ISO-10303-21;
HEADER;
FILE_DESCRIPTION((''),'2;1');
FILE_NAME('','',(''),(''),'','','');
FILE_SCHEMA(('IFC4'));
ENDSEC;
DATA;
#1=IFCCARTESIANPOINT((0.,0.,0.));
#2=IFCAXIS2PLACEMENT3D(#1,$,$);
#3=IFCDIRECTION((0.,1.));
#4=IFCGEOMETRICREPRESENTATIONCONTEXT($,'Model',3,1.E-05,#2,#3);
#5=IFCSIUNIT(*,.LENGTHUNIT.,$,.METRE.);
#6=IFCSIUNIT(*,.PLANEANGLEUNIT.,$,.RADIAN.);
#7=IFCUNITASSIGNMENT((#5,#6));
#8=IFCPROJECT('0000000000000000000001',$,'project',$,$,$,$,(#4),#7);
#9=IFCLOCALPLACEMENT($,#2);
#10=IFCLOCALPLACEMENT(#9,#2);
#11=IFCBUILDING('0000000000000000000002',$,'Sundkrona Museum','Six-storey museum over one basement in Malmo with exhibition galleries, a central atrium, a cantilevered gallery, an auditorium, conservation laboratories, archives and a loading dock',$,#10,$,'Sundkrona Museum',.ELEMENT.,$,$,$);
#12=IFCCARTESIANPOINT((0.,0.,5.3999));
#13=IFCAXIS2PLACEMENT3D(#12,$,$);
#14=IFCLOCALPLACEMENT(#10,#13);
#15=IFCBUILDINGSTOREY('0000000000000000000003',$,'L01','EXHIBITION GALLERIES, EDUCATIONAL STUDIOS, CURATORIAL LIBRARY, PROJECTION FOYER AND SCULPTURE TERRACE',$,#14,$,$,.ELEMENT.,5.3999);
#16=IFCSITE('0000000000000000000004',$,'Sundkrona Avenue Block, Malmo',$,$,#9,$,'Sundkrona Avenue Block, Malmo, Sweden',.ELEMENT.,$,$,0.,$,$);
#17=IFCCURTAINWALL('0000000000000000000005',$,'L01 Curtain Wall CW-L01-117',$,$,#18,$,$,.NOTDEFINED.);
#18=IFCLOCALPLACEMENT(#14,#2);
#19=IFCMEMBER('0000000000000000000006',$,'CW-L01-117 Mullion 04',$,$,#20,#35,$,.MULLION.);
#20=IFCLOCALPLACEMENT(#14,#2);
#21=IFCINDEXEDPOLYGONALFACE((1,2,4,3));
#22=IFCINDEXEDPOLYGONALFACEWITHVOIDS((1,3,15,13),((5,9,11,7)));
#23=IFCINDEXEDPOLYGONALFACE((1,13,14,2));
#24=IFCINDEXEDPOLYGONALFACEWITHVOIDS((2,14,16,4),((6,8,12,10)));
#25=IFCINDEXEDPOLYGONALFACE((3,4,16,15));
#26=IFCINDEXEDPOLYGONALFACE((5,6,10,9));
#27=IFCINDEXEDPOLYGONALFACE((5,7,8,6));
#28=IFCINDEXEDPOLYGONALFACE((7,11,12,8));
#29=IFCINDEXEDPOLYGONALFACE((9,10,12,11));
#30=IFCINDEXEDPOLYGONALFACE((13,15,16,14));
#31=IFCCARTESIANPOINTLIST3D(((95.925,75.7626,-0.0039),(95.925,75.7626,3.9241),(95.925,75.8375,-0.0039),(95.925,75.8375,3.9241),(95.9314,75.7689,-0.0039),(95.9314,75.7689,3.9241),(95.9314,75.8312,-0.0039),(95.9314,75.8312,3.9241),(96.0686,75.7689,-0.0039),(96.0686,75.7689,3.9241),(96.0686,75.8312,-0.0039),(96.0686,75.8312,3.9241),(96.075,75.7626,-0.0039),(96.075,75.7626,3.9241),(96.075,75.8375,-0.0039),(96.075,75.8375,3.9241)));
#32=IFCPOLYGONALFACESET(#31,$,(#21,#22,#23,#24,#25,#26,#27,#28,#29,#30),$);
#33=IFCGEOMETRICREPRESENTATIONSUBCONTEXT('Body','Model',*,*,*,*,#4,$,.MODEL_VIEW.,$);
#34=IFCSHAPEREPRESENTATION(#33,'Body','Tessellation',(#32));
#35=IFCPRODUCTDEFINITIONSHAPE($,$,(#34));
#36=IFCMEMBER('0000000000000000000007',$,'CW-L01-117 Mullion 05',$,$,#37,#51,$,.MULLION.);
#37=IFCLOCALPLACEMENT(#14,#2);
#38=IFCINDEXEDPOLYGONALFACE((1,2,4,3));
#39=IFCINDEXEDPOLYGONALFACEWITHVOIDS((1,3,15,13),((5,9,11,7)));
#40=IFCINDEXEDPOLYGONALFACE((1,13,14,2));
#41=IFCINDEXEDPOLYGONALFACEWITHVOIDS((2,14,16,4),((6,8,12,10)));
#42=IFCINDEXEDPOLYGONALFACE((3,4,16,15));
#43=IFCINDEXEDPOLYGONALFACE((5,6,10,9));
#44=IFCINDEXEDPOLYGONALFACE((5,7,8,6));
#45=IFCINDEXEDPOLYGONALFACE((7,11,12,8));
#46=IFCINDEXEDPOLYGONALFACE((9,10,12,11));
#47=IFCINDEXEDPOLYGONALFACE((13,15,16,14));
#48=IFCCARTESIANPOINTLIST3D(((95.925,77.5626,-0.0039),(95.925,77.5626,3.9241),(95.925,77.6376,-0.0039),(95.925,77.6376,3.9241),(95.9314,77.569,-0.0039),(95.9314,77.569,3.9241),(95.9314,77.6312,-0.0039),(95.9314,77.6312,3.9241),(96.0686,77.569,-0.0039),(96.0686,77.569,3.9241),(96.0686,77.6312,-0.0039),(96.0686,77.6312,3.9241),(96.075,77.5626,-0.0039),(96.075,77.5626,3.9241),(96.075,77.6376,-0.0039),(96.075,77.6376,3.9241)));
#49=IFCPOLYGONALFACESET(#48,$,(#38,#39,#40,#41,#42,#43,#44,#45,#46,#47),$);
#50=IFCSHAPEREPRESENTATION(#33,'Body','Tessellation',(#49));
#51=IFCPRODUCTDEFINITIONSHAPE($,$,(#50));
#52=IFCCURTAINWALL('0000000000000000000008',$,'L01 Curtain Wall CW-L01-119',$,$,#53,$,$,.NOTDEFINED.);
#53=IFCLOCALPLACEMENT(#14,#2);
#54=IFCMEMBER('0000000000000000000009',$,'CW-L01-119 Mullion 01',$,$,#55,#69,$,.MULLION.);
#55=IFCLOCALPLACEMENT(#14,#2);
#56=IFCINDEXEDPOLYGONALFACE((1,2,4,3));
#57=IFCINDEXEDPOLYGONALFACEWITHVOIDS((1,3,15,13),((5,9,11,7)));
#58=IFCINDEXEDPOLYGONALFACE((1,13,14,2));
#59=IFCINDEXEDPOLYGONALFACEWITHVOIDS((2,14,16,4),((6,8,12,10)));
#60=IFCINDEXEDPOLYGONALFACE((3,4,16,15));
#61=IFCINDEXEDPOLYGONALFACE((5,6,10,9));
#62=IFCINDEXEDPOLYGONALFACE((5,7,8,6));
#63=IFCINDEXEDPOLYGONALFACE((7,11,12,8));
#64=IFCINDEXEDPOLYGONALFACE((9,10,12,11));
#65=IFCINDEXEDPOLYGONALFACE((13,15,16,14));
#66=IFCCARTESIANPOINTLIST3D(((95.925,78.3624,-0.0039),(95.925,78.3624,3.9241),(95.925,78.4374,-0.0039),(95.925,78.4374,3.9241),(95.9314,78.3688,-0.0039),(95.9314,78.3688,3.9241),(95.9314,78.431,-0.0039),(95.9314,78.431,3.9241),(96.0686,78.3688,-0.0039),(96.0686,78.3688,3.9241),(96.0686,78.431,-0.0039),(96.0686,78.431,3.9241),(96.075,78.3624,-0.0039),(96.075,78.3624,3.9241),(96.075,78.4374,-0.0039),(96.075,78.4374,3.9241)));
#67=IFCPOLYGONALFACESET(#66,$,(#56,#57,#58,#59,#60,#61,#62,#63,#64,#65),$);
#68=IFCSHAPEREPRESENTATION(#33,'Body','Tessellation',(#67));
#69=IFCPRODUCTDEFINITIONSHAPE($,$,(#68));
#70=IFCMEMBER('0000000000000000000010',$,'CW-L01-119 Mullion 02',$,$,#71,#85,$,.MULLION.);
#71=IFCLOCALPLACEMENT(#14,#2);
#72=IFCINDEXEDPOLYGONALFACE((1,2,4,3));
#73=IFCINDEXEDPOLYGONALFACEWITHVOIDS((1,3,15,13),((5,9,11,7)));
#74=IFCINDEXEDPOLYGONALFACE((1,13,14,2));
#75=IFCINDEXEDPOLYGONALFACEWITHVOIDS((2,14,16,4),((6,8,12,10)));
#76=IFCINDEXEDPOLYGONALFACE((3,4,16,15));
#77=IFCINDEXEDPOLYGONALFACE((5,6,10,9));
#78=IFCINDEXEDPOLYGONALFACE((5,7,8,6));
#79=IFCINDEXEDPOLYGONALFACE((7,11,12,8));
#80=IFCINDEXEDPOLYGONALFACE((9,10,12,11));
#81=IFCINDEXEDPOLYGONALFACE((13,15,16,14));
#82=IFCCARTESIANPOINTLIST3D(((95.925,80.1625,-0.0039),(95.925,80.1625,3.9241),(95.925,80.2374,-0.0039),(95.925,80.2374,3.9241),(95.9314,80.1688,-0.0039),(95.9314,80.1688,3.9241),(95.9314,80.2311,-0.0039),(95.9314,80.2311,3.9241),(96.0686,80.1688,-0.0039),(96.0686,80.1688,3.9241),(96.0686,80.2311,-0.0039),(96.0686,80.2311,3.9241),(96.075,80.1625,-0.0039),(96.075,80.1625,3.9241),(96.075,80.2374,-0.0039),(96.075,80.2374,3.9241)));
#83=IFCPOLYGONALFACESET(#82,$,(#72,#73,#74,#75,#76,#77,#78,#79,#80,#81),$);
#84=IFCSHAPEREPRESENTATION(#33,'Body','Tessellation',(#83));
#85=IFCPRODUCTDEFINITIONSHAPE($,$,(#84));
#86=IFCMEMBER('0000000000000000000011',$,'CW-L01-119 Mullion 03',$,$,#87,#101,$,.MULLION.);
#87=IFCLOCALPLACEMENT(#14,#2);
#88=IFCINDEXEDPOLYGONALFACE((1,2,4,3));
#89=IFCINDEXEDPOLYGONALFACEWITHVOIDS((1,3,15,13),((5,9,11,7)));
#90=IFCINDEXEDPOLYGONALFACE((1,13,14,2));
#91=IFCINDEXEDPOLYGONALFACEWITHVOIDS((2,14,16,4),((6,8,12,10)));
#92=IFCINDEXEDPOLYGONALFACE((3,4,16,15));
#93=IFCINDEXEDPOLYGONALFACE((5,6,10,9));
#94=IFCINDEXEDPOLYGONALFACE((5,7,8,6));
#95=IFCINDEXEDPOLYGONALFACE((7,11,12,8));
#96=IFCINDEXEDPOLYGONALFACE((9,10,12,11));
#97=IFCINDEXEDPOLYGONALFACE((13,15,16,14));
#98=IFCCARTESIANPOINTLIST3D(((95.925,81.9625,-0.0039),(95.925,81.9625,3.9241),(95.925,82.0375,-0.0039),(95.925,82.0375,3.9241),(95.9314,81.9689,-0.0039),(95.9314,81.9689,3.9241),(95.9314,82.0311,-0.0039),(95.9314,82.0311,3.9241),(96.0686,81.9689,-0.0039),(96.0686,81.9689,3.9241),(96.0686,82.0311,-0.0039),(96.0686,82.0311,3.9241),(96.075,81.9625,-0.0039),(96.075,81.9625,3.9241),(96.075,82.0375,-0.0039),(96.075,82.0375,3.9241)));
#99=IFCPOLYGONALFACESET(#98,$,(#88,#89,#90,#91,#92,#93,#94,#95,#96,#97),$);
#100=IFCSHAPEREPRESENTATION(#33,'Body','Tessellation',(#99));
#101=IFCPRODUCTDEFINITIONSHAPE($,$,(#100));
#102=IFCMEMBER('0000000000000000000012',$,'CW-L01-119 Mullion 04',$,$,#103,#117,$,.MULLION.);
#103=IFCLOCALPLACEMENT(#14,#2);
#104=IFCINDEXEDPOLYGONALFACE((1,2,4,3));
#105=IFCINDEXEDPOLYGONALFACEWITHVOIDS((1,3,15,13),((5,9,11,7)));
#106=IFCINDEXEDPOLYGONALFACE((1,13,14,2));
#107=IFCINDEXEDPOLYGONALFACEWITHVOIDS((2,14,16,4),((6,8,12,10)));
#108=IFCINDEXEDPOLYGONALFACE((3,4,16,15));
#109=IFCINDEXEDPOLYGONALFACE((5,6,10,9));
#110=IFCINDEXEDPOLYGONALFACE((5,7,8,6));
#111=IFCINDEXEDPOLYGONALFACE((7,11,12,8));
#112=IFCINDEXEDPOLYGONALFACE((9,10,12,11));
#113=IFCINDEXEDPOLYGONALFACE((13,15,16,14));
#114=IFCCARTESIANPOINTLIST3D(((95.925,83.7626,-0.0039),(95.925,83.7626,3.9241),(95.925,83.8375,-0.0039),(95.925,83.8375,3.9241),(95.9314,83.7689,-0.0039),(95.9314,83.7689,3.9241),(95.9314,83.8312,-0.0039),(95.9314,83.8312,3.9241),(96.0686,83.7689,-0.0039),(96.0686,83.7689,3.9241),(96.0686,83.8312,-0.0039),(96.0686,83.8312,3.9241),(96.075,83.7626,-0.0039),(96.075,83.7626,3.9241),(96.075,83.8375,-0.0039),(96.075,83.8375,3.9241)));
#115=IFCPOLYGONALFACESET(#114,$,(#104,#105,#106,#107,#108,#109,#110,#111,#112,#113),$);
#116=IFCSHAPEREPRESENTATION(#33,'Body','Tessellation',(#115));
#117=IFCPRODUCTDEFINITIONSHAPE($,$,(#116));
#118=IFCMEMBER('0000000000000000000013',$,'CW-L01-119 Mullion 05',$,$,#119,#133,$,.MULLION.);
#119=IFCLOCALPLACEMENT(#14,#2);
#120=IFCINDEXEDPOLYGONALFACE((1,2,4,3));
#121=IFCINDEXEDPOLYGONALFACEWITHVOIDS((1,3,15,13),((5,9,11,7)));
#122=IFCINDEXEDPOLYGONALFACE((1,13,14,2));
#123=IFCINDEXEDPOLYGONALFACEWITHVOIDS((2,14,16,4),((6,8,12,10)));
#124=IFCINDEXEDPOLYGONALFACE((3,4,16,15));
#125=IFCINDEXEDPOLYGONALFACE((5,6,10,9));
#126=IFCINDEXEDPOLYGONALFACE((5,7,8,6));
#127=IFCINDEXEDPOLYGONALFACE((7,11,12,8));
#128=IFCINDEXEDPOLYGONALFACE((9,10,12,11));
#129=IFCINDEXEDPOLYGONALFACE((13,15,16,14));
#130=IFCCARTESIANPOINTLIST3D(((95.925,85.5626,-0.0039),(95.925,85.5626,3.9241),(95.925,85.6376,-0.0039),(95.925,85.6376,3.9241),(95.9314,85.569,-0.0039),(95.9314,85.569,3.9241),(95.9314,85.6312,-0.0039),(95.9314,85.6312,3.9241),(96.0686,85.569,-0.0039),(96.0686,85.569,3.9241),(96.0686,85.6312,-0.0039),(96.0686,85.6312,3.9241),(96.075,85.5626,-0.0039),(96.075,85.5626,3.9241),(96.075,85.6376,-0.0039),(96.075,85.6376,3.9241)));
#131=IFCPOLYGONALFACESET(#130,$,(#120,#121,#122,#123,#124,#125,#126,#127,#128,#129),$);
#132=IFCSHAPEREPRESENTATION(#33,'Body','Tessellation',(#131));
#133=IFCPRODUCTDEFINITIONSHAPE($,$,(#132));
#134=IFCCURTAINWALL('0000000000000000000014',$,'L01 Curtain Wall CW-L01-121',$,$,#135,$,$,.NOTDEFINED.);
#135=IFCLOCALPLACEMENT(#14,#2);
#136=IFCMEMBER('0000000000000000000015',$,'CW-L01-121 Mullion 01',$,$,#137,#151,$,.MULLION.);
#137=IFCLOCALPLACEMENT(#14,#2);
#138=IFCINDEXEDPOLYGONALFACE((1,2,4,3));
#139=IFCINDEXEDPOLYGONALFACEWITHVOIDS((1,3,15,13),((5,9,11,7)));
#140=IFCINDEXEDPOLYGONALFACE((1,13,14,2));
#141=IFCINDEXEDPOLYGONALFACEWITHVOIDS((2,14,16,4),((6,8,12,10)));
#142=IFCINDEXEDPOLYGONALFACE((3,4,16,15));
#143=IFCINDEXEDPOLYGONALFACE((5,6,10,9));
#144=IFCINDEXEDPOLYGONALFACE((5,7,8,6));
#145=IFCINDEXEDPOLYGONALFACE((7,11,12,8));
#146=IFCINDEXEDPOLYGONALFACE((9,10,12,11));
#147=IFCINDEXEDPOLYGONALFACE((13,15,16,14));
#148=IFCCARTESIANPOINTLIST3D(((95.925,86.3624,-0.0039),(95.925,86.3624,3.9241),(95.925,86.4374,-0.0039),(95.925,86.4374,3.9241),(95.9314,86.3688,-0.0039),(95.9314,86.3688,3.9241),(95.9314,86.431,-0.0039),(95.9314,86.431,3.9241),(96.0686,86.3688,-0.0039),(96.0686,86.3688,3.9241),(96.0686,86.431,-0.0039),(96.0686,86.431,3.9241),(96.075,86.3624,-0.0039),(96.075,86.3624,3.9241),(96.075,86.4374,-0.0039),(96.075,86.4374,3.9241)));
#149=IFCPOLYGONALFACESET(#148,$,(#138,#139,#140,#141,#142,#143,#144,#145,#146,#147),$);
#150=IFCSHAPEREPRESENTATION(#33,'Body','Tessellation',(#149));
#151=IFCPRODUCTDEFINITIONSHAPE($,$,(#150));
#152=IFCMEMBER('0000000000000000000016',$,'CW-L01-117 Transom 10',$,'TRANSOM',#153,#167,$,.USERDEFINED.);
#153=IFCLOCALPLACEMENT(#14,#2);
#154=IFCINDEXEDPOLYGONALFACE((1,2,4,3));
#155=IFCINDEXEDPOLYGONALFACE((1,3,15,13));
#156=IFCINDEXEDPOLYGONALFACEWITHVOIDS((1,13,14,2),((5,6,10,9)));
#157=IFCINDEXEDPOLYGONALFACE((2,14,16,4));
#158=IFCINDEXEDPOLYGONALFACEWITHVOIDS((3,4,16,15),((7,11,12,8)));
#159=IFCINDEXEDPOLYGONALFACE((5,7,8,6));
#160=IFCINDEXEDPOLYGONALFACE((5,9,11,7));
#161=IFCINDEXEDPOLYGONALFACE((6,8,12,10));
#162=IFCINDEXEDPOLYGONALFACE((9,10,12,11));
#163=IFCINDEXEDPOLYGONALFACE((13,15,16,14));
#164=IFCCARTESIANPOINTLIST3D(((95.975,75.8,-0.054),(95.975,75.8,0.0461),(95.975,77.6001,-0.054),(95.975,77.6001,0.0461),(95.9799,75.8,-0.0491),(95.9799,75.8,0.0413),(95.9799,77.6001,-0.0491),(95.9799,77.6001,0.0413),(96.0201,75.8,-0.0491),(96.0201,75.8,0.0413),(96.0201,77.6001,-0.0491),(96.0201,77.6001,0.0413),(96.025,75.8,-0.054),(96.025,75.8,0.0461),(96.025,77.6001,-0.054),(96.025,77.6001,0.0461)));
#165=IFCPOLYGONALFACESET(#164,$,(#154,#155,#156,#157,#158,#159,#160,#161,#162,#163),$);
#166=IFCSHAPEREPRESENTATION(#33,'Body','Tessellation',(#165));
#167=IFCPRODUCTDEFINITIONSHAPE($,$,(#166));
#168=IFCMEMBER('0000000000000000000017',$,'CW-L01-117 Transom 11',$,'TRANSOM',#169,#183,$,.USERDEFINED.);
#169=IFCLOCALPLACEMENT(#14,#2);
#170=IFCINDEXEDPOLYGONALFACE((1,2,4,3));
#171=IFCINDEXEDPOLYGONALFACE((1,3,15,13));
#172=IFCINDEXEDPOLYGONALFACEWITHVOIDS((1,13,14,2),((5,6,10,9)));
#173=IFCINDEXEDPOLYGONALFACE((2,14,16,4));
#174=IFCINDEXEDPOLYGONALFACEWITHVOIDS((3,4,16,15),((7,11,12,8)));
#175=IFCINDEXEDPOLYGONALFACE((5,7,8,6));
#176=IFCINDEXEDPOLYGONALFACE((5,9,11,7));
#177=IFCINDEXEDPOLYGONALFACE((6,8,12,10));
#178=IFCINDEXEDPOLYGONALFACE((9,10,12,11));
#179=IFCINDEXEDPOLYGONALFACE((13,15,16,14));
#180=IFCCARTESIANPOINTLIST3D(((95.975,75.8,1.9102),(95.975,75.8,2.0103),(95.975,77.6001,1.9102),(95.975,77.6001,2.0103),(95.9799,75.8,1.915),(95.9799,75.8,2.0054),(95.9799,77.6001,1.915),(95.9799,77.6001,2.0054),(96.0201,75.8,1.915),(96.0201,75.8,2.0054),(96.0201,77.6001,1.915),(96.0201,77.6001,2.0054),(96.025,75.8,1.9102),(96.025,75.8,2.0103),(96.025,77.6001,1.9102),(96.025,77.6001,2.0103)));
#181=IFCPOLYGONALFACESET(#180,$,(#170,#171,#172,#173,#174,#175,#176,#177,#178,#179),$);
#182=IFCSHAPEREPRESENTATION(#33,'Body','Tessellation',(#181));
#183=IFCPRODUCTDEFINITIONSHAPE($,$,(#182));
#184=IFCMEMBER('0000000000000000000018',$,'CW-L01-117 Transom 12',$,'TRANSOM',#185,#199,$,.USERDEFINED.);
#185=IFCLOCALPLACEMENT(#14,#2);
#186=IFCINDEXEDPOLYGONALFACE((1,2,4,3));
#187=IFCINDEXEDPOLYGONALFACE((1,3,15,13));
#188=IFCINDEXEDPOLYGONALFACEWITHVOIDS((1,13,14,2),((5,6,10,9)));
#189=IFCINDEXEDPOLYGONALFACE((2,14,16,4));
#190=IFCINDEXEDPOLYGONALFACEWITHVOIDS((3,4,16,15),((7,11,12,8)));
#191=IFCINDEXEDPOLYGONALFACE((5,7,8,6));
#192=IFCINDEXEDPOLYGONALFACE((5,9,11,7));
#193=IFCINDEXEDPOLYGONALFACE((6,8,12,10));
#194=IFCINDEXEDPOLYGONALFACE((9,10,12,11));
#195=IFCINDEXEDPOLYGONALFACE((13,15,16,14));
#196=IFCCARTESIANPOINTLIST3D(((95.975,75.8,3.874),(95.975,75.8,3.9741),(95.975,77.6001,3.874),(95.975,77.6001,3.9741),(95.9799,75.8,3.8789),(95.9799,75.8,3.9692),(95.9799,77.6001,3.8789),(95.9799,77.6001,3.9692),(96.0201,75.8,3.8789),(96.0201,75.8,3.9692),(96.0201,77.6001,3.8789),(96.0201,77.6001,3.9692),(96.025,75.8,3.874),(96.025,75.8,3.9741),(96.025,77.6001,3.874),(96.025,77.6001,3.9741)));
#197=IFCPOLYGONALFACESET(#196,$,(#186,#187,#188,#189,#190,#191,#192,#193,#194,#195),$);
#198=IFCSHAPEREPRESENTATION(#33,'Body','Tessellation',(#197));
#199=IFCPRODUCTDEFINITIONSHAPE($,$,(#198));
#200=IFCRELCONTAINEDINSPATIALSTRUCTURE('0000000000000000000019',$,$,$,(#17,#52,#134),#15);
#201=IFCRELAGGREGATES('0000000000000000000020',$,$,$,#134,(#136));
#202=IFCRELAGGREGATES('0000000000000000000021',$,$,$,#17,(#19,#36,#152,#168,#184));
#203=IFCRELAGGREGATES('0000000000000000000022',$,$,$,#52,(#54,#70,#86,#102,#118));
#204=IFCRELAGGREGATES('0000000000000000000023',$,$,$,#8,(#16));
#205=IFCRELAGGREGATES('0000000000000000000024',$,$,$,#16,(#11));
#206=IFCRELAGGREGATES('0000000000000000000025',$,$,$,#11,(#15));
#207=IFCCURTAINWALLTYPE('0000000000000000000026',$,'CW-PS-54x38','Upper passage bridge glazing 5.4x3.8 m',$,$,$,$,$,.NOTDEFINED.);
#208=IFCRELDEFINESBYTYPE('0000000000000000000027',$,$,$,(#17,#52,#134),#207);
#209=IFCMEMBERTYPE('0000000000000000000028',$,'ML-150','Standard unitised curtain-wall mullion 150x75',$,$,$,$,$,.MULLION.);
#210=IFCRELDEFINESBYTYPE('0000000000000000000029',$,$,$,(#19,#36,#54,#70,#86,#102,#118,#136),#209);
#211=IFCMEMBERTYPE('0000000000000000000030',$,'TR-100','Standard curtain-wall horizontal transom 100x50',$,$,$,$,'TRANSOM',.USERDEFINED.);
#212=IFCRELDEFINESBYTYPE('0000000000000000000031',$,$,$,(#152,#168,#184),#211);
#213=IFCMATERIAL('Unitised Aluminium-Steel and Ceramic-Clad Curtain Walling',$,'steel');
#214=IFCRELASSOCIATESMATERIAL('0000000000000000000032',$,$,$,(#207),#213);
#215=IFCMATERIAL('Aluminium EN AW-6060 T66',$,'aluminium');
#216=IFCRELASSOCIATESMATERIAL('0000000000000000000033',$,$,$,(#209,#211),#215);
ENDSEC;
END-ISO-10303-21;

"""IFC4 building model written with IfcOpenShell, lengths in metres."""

from ifc_helpers import new_model, si_unit, direction, frame, origin, origin_2d, place, context, subcontext, project, spatial, hollow_rectangle, extrude, material, material_profile, profile_set, type_object, element, aggregate, save


model = new_model("IFC4")

# Units and contexts
model_context = context("Model", 3, precision=1e-05, world=origin(), true_north=direction((0.0, 1.0)))
body_context = subcontext(model_context, "Body", "Model", "MODEL_VIEW")
ifc_project = project(units=[si_unit("LENGTHUNIT", "METRE"), si_unit("PLANEANGLEUNIT", "RADIAN")], contexts=[model_context])

# Site, building, storey
site_placement = place(None, origin())
site = spatial("IfcSite", under=ifc_project, at=site_placement, Name="Sundkrona Avenue Block, Malmo", LongName="Sundkrona Avenue Block, Malmo, Sweden", CompositionType="ELEMENT", RefElevation=0.0)
building_placement = place(site_placement, origin())
building = spatial("IfcBuilding", under=site, at=building_placement, Name="Sundkrona Museum", Description="Six-storey museum over one basement in Malmo with exhibition galleries, a central atrium, a cantilevered gallery, an auditorium, conservation laboratories, archives and a loading dock", LongName="Sundkrona Museum", CompositionType="ELEMENT")
storey_placement = place(building_placement, frame((0.0, 0.0, 5.3999)))
storey = spatial("IfcBuildingStorey", under=building, at=storey_placement, Name="L01", Description="EXHIBITION GALLERIES, EDUCATIONAL STUDIOS, CURATORIAL LIBRARY, PROJECTION FOYER AND SCULPTURE TERRACE", CompositionType="ELEMENT", Elevation=5.3999)

# Curtain walls, members
ifc_material_1 = material(Name="Unitised Aluminium-Steel and Ceramic-Clad Curtain Walling", Category="steel")
curtain_wall_type = type_object("IfcCurtainWallType", Name="CW-PS-54x38", Description="Upper passage bridge glazing 5.4x3.8 m", PredefinedType="NOTDEFINED", material=ifc_material_1)
curtain_wall_1_placement = place(storey_placement, origin())
curtain_wall_1 = element("IfcCurtainWall", 1, at=curtain_wall_1_placement, inside=storey, type_object=curtain_wall_type, Name="L01 Curtain Wall CW-L01-117", PredefinedType="NOTDEFINED")
ifc_material_2 = material(Name="Aluminium EN AW-6060 T66", Category="aluminium")
ifc_material_profile_1 = material_profile(ifc_material_2, hollow_rectangle(XDim=0.075, YDim=0.1499, WallThickness=0.0063, at=origin_2d()), Name="RHS 150x75x6.3")
ifc_profile_set_1 = profile_set([ifc_material_profile_1], Name="Aluminium EN AW-6060 T66")
member_type_1 = type_object("IfcMemberType", Name="ML-150", Description="Standard unitised curtain-wall mullion 150x75", PredefinedType="MULLION", material=ifc_profile_set_1)
member_1_placement = place(storey_placement, frame((96.0, 75.8, -0.0039), z_axis=(0.0, 0.0, 1.0), x_axis=(0.0, 1.0, 0.0)))
member_1 = element("IfcMember", 2, at=member_1_placement, type_object=member_type_1, Name="CW-L01-117 Mullion 04", PredefinedType="MULLION", context=body_context, shape_type="SweptSolid", body=[
    extrude(hollow_rectangle(XDim=0.075, YDim=0.1499, WallThickness=0.0063, at=origin_2d()), origin(), (0.0, 0.0, 1.0), 3.928),
])
member_2_placement = place(storey_placement, frame((96.0, 77.6001, -0.0039), z_axis=(0.0, 0.0, 1.0), x_axis=(0.0, 1.0, 0.0)))
member_2 = element("IfcMember", 3, at=member_2_placement, type_object=member_type_1, Name="CW-L01-117 Mullion 05", PredefinedType="MULLION", context=body_context, shape_type="SweptSolid", body=[
    extrude(hollow_rectangle(XDim=0.075, YDim=0.1499, WallThickness=0.0063, at=origin_2d()), origin(), (0.0, 0.0, 1.0), 3.928),
])
curtain_wall_2_placement = place(storey_placement, origin())
curtain_wall_2 = element("IfcCurtainWall", 4, at=curtain_wall_2_placement, inside=storey, type_object=curtain_wall_type, Name="L01 Curtain Wall CW-L01-119", PredefinedType="NOTDEFINED")
member_3_placement = place(storey_placement, frame((96.0, 78.3999, -0.0039), z_axis=(0.0, 0.0, 1.0), x_axis=(0.0, 1.0, 0.0)))
member_3 = element("IfcMember", 5, at=member_3_placement, type_object=member_type_1, Name="CW-L01-119 Mullion 01", PredefinedType="MULLION", context=body_context, shape_type="SweptSolid", body=[
    extrude(hollow_rectangle(XDim=0.075, YDim=0.1499, WallThickness=0.0063, at=origin_2d()), origin(), (0.0, 0.0, 1.0), 3.928),
])
member_4_placement = place(storey_placement, frame((96.0, 80.2, -0.0039), z_axis=(0.0, 0.0, 1.0), x_axis=(0.0, 1.0, 0.0)))
member_4 = element("IfcMember", 6, at=member_4_placement, type_object=member_type_1, Name="CW-L01-119 Mullion 02", PredefinedType="MULLION", context=body_context, shape_type="SweptSolid", body=[
    extrude(hollow_rectangle(XDim=0.075, YDim=0.1499, WallThickness=0.0063, at=origin_2d()), origin(), (0.0, 0.0, 1.0), 3.928),
])
member_5_placement = place(storey_placement, frame((96.0, 82.0, -0.0039), z_axis=(0.0, 0.0, 1.0), x_axis=(0.0, 1.0, 0.0)))
member_5 = element("IfcMember", 7, at=member_5_placement, type_object=member_type_1, Name="CW-L01-119 Mullion 03", PredefinedType="MULLION", context=body_context, shape_type="SweptSolid", body=[
    extrude(hollow_rectangle(XDim=0.075, YDim=0.1499, WallThickness=0.0063, at=origin_2d()), origin(), (0.0, 0.0, 1.0), 3.928),
])
member_6_placement = place(storey_placement, frame((96.0, 83.8, -0.0039), z_axis=(0.0, 0.0, 1.0), x_axis=(0.0, 1.0, 0.0)))
member_6 = element("IfcMember", 8, at=member_6_placement, type_object=member_type_1, Name="CW-L01-119 Mullion 04", PredefinedType="MULLION", context=body_context, shape_type="SweptSolid", body=[
    extrude(hollow_rectangle(XDim=0.075, YDim=0.1499, WallThickness=0.0063, at=origin_2d()), origin(), (0.0, 0.0, 1.0), 3.928),
])
member_7_placement = place(storey_placement, frame((96.0, 85.6001, -0.0039), z_axis=(0.0, 0.0, 1.0), x_axis=(0.0, 1.0, 0.0)))
member_7 = element("IfcMember", 9, at=member_7_placement, type_object=member_type_1, Name="CW-L01-119 Mullion 05", PredefinedType="MULLION", context=body_context, shape_type="SweptSolid", body=[
    extrude(hollow_rectangle(XDim=0.075, YDim=0.1499, WallThickness=0.0063, at=origin_2d()), origin(), (0.0, 0.0, 1.0), 3.928),
])

# Curtain wall, member
curtain_wall_3_placement = place(storey_placement, origin())
curtain_wall_3 = element("IfcCurtainWall", 10, at=curtain_wall_3_placement, inside=storey, type_object=curtain_wall_type, Name="L01 Curtain Wall CW-L01-121", PredefinedType="NOTDEFINED")
member_8_placement = place(storey_placement, frame((96.0, 86.3999, -0.0039), z_axis=(0.0, 0.0, 1.0), x_axis=(0.0, 1.0, 0.0)))
member_8 = element("IfcMember", 11, at=member_8_placement, type_object=member_type_1, Name="CW-L01-121 Mullion 01", PredefinedType="MULLION", context=body_context, shape_type="SweptSolid", body=[
    extrude(hollow_rectangle(XDim=0.075, YDim=0.1499, WallThickness=0.0063, at=origin_2d()), origin(), (0.0, 0.0, 1.0), 3.928),
])
aggregate(curtain_wall_3, [member_8])

# Members
ifc_material_profile_2 = material_profile(ifc_material_2, hollow_rectangle(XDim=0.05, YDim=0.1001, WallThickness=0.0049, at=origin_2d()), Name="RHS 100x50x5.0")
ifc_profile_set_2 = profile_set([ifc_material_profile_2], Name="Aluminium EN AW-6060 T66")
member_type_2 = type_object("IfcMemberType", Name="TR-100", Description="Standard curtain-wall horizontal transom 100x50", ElementType="TRANSOM", PredefinedType="USERDEFINED", material=ifc_profile_set_2)
member_9_placement = place(storey_placement, frame((96.0, 75.8, -0.0039), z_axis=(0.0, 1.0, 0.0), x_axis=(-1.0, 0.0, 0.0)))
member_9 = element("IfcMember", 12, at=member_9_placement, type_object=member_type_2, Name="CW-L01-117 Transom 10", ObjectType="TRANSOM", PredefinedType="USERDEFINED", context=body_context, shape_type="SweptSolid", body=[
    extrude(hollow_rectangle(XDim=0.05, YDim=0.1001, WallThickness=0.0049, at=origin_2d()), origin(), (0.0, 0.0, 1.0), 1.8),
])
member_10_placement = place(storey_placement, frame((96.0, 75.8, 1.9602), z_axis=(0.0, 1.0, 0.0), x_axis=(-1.0, 0.0, 0.0)))
member_10 = element("IfcMember", 13, at=member_10_placement, type_object=member_type_2, Name="CW-L01-117 Transom 11", ObjectType="TRANSOM", PredefinedType="USERDEFINED", context=body_context, shape_type="SweptSolid", body=[
    extrude(hollow_rectangle(XDim=0.05, YDim=0.1001, WallThickness=0.0049, at=origin_2d()), origin(), (0.0, 0.0, 1.0), 1.8),
])
member_11_placement = place(storey_placement, frame((96.0, 75.8, 3.9241), z_axis=(0.0, 1.0, 0.0), x_axis=(-1.0, 0.0, 0.0)))
member_11 = element("IfcMember", 14, at=member_11_placement, type_object=member_type_2, Name="CW-L01-117 Transom 12", ObjectType="TRANSOM", PredefinedType="USERDEFINED", context=body_context, shape_type="SweptSolid", body=[
    extrude(hollow_rectangle(XDim=0.05, YDim=0.1001, WallThickness=0.0049, at=origin_2d()), origin(), (0.0, 0.0, 1.0), 1.8),
])

aggregate(curtain_wall_1, [member_1, member_2, member_9, member_10, member_11])
aggregate(curtain_wall_2, [member_3, member_4, member_5, member_6, member_7])

save(model, "model.ifc")
